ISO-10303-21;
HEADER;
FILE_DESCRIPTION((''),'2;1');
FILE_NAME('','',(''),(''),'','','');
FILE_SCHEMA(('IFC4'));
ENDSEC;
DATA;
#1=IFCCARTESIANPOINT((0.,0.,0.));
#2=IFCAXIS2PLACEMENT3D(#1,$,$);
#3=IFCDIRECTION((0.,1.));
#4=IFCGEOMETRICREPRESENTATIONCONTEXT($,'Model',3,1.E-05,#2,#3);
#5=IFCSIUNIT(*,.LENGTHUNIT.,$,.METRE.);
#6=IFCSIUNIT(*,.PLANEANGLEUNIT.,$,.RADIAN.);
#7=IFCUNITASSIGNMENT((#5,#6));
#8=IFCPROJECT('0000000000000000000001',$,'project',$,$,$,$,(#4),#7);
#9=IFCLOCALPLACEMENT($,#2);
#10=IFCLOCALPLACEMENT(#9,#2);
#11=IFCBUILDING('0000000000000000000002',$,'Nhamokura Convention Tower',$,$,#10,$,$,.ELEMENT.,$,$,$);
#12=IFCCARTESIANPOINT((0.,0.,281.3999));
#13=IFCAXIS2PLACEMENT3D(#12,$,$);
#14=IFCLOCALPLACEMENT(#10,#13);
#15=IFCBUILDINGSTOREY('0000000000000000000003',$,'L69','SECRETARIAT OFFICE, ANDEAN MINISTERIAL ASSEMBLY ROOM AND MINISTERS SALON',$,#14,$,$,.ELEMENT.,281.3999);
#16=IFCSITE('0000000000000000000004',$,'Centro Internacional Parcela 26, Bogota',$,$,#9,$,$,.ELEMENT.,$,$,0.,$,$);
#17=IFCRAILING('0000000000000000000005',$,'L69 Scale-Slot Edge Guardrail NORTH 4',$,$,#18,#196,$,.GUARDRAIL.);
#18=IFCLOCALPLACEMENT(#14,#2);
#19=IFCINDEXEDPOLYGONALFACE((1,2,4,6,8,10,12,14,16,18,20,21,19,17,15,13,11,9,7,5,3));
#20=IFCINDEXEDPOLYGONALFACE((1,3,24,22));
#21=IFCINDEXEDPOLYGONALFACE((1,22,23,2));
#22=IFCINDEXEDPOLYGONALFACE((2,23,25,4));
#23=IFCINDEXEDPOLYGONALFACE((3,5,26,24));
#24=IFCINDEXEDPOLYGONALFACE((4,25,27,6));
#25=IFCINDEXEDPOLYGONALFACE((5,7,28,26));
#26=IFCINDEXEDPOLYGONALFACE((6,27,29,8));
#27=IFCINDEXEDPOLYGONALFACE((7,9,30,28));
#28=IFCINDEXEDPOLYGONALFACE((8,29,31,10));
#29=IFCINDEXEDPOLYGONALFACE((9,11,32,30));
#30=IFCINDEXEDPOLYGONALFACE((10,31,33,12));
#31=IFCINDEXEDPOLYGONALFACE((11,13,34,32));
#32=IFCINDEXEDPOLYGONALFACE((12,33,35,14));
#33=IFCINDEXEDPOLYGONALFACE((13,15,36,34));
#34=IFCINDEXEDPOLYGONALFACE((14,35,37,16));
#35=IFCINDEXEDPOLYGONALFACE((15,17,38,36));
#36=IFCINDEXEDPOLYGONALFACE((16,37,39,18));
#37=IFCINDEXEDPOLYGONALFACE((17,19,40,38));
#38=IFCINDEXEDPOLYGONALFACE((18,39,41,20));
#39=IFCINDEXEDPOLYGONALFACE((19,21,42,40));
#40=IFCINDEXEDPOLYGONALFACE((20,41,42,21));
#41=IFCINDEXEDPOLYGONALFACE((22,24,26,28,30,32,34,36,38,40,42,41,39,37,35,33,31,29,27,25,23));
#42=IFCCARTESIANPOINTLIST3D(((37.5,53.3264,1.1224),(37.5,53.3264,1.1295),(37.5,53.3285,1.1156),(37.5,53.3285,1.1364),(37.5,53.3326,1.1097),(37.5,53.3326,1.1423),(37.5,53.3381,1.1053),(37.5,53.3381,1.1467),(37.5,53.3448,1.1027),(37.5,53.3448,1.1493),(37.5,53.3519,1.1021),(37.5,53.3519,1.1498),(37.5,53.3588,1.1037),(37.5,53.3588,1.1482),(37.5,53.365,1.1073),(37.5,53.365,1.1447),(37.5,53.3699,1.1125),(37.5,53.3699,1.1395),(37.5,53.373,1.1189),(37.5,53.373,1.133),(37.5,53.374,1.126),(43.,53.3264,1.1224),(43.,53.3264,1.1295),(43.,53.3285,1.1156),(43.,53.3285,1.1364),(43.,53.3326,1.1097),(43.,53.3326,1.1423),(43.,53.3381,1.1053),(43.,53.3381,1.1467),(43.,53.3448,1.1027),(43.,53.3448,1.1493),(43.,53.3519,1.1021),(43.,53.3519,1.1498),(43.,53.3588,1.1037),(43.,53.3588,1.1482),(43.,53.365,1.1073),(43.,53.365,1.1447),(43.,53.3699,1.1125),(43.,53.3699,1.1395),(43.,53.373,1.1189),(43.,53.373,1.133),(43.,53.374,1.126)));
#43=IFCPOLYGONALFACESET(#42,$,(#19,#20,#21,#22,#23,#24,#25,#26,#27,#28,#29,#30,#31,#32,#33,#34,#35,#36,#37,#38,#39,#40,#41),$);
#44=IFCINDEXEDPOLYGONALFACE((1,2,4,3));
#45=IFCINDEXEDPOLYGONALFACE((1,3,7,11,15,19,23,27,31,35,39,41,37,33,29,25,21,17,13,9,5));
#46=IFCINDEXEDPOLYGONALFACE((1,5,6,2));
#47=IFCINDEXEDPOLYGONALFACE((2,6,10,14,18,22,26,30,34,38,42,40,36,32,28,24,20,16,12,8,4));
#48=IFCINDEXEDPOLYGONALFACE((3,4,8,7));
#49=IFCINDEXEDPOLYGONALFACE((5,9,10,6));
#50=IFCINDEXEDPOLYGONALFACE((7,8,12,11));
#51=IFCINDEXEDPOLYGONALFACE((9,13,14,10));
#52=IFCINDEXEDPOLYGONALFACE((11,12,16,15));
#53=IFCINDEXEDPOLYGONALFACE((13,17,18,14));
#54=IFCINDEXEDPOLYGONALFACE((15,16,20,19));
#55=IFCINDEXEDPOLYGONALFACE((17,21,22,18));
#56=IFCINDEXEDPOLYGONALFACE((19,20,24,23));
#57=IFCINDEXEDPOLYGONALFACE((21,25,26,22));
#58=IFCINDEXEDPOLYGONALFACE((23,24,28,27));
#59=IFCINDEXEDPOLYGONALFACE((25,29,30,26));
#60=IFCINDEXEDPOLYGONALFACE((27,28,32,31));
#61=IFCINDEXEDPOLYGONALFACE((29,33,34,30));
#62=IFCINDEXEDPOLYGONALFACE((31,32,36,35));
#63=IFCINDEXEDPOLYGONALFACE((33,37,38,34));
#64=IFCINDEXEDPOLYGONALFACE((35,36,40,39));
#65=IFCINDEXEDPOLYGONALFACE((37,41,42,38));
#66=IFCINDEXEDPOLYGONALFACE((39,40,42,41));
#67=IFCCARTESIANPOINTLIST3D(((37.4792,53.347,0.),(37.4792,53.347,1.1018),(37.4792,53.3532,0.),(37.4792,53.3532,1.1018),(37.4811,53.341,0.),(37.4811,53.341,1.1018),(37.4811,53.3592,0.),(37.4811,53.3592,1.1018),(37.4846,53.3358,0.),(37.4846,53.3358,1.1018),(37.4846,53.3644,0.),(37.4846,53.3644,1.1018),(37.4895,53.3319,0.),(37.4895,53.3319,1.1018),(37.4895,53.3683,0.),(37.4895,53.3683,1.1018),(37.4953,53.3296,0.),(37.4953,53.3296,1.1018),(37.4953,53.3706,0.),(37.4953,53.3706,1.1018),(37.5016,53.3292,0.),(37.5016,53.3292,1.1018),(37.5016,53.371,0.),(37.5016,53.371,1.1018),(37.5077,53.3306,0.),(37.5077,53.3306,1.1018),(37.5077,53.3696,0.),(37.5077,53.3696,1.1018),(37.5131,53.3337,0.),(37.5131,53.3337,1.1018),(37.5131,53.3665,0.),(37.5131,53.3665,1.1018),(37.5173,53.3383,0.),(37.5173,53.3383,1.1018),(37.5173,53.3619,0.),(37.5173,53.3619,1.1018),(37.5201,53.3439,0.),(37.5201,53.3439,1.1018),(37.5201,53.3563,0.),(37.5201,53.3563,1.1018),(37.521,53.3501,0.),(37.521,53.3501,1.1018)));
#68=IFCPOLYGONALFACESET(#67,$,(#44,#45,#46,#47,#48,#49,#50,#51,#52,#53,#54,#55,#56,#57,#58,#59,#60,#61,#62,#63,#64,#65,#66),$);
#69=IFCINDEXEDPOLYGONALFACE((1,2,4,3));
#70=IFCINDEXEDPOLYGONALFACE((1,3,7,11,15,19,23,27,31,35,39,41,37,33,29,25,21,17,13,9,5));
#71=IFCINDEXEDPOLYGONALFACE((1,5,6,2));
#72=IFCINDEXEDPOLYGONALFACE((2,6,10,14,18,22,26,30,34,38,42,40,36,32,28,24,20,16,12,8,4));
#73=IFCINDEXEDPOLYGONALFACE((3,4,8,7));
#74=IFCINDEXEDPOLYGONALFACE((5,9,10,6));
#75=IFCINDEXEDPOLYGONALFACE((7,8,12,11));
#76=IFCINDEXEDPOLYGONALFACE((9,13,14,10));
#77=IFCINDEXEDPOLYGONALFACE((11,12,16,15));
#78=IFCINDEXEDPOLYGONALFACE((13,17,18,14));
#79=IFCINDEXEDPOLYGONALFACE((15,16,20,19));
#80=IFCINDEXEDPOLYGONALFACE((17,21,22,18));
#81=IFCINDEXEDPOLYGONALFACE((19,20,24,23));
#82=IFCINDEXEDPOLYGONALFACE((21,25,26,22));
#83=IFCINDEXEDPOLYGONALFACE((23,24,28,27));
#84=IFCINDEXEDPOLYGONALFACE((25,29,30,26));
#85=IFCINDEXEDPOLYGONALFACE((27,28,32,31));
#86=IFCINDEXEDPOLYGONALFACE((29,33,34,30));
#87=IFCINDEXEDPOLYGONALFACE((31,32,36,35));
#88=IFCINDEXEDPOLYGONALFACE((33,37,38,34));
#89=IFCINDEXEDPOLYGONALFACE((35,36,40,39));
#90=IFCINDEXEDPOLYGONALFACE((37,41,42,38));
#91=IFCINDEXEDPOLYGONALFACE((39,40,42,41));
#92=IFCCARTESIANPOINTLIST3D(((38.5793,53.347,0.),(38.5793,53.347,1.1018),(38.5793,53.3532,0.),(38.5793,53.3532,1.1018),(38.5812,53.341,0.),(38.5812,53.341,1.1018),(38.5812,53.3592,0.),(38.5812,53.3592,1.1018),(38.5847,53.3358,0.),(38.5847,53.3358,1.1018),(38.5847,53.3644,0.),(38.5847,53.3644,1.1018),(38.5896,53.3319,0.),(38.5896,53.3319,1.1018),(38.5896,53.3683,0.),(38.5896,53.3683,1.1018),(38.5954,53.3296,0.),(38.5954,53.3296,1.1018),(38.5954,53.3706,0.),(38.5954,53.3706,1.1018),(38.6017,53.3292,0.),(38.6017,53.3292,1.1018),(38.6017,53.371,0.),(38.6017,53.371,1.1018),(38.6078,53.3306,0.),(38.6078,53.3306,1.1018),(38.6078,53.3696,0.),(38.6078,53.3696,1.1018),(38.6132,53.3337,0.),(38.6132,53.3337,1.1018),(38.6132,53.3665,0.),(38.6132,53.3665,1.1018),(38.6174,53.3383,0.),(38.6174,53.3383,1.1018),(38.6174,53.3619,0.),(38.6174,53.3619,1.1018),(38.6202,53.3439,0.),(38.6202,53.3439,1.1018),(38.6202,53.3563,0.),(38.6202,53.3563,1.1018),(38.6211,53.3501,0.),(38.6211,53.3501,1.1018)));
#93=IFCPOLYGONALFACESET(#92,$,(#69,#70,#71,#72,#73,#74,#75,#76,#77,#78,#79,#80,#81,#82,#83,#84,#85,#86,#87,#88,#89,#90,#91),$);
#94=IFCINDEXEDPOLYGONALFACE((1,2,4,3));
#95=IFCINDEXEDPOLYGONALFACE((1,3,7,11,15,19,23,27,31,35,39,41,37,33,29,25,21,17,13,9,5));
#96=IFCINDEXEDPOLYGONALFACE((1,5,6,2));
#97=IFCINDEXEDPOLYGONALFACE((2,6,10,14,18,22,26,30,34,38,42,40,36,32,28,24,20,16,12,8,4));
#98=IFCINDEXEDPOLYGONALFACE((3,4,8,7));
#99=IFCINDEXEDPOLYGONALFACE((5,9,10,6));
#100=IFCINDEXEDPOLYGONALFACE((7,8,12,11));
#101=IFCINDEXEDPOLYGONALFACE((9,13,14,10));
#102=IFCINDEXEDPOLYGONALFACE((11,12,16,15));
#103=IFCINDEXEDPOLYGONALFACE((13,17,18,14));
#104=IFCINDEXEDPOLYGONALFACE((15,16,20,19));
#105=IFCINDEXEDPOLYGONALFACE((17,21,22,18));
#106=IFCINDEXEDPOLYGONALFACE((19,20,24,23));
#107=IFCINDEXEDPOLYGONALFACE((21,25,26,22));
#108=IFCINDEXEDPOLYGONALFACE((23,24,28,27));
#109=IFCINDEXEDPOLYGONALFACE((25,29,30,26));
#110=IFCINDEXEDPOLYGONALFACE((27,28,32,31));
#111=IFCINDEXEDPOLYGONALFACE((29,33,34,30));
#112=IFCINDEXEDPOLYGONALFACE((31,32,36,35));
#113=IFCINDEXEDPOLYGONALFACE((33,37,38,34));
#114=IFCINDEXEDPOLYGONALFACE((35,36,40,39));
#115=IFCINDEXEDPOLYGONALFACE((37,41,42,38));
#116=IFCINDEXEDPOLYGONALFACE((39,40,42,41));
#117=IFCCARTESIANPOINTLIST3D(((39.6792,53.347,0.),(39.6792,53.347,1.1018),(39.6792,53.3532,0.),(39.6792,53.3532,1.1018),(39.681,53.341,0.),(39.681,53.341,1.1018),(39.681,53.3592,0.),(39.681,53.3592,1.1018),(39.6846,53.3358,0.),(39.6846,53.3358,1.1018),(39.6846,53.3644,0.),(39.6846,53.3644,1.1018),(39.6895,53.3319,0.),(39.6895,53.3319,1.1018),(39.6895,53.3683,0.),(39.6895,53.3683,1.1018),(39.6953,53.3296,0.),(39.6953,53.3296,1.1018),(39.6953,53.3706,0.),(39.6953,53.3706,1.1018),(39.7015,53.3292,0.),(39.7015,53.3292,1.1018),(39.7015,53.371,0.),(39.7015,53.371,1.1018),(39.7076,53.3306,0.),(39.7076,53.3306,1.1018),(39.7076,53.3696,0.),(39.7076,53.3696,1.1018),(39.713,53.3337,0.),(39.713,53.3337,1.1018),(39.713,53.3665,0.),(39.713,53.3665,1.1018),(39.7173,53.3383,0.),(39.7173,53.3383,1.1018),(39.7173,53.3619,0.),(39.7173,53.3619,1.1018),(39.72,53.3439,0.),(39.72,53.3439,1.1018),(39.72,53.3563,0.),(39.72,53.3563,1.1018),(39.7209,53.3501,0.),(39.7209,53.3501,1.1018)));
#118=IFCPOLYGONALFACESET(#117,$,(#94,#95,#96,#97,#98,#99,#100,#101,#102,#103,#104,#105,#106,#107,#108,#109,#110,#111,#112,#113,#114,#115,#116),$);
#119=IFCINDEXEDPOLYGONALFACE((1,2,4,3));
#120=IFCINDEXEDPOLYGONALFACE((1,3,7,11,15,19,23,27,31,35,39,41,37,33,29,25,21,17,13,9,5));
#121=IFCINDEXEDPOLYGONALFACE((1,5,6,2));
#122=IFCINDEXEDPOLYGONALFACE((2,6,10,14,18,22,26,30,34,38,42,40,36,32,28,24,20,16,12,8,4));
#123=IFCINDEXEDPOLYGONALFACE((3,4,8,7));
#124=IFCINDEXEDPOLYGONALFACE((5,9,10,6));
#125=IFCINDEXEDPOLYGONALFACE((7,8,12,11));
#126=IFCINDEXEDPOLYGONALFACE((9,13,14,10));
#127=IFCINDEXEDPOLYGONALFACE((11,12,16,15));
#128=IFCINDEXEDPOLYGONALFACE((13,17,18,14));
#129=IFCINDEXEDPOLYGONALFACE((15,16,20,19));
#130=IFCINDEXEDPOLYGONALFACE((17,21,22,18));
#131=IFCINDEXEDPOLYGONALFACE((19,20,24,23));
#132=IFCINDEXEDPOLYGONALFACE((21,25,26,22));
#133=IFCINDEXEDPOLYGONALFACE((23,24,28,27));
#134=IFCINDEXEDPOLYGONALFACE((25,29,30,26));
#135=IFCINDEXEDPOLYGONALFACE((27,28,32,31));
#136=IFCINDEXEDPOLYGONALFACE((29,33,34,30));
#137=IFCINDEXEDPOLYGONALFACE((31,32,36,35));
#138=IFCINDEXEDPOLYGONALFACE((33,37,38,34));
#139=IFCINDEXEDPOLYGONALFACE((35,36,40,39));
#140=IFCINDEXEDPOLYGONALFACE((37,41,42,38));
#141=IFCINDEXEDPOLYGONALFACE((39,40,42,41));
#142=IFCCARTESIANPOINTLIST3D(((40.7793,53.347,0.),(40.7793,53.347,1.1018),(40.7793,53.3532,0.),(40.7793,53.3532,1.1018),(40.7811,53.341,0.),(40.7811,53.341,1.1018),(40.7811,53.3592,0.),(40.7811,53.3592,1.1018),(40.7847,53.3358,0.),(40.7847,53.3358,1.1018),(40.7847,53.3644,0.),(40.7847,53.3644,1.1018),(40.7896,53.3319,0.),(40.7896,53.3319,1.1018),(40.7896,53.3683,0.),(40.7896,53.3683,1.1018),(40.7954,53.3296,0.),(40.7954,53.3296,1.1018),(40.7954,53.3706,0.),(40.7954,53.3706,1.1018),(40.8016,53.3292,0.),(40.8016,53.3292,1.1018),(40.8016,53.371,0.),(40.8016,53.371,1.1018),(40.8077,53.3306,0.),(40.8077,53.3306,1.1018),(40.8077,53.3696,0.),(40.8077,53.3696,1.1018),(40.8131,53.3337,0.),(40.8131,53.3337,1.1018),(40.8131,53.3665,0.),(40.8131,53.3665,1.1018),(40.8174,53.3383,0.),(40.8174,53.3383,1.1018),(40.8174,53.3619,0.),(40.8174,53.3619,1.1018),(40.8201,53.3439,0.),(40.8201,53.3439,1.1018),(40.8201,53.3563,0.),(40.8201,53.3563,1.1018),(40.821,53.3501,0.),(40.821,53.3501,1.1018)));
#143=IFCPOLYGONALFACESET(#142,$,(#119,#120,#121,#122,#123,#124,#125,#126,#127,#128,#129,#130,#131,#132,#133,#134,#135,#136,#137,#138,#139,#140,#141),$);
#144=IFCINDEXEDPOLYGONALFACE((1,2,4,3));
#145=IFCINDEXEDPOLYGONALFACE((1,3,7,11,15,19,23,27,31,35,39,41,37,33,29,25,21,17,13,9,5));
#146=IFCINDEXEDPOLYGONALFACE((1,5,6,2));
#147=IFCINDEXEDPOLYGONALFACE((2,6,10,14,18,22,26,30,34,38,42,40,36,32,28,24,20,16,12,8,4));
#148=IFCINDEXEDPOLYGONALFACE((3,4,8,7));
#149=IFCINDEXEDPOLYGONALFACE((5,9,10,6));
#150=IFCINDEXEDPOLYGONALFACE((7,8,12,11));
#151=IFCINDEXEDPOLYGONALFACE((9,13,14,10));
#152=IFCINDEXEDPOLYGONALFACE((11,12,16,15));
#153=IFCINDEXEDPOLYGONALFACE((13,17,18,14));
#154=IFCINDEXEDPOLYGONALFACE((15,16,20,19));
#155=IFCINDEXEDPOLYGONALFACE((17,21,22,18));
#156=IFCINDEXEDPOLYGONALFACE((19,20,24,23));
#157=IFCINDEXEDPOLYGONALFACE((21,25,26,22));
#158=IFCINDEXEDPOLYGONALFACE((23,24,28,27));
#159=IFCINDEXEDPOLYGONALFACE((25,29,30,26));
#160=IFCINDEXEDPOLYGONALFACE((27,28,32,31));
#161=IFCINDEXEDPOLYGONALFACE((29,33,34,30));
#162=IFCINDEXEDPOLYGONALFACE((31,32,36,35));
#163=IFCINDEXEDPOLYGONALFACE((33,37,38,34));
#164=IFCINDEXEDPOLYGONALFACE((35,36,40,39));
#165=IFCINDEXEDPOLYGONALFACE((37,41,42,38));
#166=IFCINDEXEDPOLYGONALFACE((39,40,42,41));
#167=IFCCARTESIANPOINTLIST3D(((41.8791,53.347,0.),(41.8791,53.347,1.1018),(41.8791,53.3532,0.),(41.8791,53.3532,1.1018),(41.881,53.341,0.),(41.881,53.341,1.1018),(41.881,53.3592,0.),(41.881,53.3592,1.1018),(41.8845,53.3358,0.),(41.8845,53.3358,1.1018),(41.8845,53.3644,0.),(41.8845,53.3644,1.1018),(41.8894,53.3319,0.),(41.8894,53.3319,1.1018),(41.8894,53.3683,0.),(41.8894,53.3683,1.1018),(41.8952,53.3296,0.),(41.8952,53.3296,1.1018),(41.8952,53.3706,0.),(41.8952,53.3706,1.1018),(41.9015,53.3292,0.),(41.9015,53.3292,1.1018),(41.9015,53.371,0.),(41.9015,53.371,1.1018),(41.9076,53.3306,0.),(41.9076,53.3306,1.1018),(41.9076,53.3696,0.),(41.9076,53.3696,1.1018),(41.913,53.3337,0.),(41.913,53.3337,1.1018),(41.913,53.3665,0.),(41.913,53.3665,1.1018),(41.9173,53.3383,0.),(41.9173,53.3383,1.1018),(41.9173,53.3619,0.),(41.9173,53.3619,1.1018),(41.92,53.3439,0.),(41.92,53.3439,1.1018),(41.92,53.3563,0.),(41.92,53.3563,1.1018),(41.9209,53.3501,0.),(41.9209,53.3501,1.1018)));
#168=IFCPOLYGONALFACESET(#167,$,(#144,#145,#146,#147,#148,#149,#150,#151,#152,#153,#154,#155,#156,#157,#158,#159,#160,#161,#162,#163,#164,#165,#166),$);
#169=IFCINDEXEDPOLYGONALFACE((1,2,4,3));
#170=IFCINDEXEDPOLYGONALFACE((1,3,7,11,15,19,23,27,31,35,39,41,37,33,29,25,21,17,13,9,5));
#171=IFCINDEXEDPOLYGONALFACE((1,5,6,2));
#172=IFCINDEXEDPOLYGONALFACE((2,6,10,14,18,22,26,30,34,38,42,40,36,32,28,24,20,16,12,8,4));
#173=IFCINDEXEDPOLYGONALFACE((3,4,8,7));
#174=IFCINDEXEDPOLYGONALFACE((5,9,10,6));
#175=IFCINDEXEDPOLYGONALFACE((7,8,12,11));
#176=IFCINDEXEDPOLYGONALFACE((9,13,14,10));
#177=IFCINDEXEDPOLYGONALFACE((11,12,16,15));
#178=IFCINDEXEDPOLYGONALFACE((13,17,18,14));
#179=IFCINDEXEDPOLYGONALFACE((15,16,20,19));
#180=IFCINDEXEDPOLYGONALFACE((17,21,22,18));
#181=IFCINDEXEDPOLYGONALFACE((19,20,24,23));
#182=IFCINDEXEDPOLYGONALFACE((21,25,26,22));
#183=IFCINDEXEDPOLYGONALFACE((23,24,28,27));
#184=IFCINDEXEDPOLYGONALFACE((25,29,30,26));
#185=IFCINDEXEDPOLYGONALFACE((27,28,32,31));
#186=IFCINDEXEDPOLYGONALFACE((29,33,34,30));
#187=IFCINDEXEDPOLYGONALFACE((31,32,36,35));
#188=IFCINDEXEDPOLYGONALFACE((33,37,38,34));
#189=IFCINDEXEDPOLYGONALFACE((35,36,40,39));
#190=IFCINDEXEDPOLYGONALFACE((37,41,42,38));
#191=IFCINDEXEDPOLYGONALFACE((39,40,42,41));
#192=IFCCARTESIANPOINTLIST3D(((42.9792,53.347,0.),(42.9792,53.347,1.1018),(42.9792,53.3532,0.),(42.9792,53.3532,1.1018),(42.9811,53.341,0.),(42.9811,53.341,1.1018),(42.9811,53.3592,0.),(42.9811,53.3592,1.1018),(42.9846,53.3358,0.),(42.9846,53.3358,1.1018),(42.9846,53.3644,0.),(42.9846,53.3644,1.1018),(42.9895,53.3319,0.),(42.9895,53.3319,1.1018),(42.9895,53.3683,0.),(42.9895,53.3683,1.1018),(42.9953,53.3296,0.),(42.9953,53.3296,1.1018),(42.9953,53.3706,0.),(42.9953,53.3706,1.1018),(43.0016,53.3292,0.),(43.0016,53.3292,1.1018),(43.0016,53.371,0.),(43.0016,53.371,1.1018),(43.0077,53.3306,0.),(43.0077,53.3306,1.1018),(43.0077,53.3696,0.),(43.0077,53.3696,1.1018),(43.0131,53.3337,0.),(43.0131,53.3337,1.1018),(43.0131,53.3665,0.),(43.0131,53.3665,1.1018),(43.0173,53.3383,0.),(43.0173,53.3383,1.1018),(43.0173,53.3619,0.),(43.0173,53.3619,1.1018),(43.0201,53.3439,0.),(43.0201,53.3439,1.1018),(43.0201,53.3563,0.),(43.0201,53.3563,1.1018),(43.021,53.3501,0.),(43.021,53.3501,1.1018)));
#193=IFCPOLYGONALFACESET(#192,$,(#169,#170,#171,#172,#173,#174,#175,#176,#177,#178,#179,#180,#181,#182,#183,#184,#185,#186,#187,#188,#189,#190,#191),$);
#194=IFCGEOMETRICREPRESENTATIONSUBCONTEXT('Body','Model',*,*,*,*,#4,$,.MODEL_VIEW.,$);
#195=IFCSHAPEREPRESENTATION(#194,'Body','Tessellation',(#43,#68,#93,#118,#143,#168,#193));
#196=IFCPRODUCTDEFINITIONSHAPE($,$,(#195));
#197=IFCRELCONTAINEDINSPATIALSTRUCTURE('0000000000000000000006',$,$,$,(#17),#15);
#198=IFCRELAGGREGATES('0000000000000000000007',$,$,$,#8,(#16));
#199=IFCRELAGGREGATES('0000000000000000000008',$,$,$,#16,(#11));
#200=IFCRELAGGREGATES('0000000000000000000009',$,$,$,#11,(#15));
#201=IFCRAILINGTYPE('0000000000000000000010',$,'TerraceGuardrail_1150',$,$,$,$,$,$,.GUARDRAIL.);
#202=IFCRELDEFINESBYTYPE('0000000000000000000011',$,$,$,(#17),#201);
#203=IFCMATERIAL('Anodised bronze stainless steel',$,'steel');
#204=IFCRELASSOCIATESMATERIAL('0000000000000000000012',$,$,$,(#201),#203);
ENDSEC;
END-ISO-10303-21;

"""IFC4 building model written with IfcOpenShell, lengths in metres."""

from ifc_helpers import new_model, si_unit, direction, frame, origin, origin_2d, place, context, subcontext, project, spatial, circle, extrude, material, type_object, element, save


model = new_model("IFC4")

# Units and contexts
model_context = context("Model", 3, precision=1e-05, world=origin(), true_north=direction((0.0, 1.0)))
body_context = subcontext(model_context, "Body", "Model", "MODEL_VIEW")
ifc_project = project(units=[si_unit("LENGTHUNIT", "METRE"), si_unit("PLANEANGLEUNIT", "RADIAN")], contexts=[model_context])

# Site, building, storey
site_placement = place(None, origin())
site = spatial("IfcSite", under=ifc_project, at=site_placement, Name="Centro Internacional Parcela 26, Bogota", CompositionType="ELEMENT", RefElevation=0.0)
building_placement = place(site_placement, origin())
building = spatial("IfcBuilding", under=site, at=building_placement, Name="Nhamokura Convention Tower", CompositionType="ELEMENT")
storey_placement = place(building_placement, frame((0.0, 0.0, 281.3999)))
storey = spatial("IfcBuildingStorey", under=building, at=storey_placement, Name="L69", Description="SECRETARIAT OFFICE, ANDEAN MINISTERIAL ASSEMBLY ROOM AND MINISTERS SALON", CompositionType="ELEMENT", Elevation=281.3999)

# Railing
ifc_material_1 = material(Name="Anodised bronze stainless steel", Category="steel")
railing_type = type_object("IfcRailingType", Name="TerraceGuardrail_1150", PredefinedType="GUARDRAIL", material=ifc_material_1)
railing_placement = place(storey_placement, frame((37.5, 53.3501, 0.0)))
element("IfcRailing", 1, at=railing_placement, inside=storey, type_object=railing_type, Name="L69 Scale-Slot Edge Guardrail NORTH 4", PredefinedType="GUARDRAIL", context=body_context, shape_type="SweptSolid", body=[
    extrude(circle(Radius=0.0239, at=origin_2d()), frame((0.0, 0.0, 1.126), z_axis=(1.0, 0.0, 0.0), x_axis=(0.0, 1.0, 0.0)), (0.0, 0.0, 1.0), 5.5),
    extrude(circle(Radius=0.021, at=origin_2d()), origin(), (0.0, 0.0, 1.0), 1.1018),
    extrude(circle(Radius=0.021, at=origin_2d()), frame((1.1001, 0.0, 0.0)), (0.0, 0.0, 1.0), 1.1018),
    extrude(circle(Radius=0.021, at=origin_2d()), frame((2.2, 0.0, 0.0)), (0.0, 0.0, 1.0), 1.1018),
    extrude(circle(Radius=0.021, at=origin_2d()), frame((3.3, 0.0, 0.0)), (0.0, 0.0, 1.0), 1.1018),
    extrude(circle(Radius=0.021, at=origin_2d()), frame((4.3999, 0.0, 0.0)), (0.0, 0.0, 1.0), 1.1018),
    extrude(circle(Radius=0.021, at=origin_2d()), frame((5.5, 0.0, 0.0)), (0.0, 0.0, 1.0), 1.1018),
])

save(model, "model.ifc")
